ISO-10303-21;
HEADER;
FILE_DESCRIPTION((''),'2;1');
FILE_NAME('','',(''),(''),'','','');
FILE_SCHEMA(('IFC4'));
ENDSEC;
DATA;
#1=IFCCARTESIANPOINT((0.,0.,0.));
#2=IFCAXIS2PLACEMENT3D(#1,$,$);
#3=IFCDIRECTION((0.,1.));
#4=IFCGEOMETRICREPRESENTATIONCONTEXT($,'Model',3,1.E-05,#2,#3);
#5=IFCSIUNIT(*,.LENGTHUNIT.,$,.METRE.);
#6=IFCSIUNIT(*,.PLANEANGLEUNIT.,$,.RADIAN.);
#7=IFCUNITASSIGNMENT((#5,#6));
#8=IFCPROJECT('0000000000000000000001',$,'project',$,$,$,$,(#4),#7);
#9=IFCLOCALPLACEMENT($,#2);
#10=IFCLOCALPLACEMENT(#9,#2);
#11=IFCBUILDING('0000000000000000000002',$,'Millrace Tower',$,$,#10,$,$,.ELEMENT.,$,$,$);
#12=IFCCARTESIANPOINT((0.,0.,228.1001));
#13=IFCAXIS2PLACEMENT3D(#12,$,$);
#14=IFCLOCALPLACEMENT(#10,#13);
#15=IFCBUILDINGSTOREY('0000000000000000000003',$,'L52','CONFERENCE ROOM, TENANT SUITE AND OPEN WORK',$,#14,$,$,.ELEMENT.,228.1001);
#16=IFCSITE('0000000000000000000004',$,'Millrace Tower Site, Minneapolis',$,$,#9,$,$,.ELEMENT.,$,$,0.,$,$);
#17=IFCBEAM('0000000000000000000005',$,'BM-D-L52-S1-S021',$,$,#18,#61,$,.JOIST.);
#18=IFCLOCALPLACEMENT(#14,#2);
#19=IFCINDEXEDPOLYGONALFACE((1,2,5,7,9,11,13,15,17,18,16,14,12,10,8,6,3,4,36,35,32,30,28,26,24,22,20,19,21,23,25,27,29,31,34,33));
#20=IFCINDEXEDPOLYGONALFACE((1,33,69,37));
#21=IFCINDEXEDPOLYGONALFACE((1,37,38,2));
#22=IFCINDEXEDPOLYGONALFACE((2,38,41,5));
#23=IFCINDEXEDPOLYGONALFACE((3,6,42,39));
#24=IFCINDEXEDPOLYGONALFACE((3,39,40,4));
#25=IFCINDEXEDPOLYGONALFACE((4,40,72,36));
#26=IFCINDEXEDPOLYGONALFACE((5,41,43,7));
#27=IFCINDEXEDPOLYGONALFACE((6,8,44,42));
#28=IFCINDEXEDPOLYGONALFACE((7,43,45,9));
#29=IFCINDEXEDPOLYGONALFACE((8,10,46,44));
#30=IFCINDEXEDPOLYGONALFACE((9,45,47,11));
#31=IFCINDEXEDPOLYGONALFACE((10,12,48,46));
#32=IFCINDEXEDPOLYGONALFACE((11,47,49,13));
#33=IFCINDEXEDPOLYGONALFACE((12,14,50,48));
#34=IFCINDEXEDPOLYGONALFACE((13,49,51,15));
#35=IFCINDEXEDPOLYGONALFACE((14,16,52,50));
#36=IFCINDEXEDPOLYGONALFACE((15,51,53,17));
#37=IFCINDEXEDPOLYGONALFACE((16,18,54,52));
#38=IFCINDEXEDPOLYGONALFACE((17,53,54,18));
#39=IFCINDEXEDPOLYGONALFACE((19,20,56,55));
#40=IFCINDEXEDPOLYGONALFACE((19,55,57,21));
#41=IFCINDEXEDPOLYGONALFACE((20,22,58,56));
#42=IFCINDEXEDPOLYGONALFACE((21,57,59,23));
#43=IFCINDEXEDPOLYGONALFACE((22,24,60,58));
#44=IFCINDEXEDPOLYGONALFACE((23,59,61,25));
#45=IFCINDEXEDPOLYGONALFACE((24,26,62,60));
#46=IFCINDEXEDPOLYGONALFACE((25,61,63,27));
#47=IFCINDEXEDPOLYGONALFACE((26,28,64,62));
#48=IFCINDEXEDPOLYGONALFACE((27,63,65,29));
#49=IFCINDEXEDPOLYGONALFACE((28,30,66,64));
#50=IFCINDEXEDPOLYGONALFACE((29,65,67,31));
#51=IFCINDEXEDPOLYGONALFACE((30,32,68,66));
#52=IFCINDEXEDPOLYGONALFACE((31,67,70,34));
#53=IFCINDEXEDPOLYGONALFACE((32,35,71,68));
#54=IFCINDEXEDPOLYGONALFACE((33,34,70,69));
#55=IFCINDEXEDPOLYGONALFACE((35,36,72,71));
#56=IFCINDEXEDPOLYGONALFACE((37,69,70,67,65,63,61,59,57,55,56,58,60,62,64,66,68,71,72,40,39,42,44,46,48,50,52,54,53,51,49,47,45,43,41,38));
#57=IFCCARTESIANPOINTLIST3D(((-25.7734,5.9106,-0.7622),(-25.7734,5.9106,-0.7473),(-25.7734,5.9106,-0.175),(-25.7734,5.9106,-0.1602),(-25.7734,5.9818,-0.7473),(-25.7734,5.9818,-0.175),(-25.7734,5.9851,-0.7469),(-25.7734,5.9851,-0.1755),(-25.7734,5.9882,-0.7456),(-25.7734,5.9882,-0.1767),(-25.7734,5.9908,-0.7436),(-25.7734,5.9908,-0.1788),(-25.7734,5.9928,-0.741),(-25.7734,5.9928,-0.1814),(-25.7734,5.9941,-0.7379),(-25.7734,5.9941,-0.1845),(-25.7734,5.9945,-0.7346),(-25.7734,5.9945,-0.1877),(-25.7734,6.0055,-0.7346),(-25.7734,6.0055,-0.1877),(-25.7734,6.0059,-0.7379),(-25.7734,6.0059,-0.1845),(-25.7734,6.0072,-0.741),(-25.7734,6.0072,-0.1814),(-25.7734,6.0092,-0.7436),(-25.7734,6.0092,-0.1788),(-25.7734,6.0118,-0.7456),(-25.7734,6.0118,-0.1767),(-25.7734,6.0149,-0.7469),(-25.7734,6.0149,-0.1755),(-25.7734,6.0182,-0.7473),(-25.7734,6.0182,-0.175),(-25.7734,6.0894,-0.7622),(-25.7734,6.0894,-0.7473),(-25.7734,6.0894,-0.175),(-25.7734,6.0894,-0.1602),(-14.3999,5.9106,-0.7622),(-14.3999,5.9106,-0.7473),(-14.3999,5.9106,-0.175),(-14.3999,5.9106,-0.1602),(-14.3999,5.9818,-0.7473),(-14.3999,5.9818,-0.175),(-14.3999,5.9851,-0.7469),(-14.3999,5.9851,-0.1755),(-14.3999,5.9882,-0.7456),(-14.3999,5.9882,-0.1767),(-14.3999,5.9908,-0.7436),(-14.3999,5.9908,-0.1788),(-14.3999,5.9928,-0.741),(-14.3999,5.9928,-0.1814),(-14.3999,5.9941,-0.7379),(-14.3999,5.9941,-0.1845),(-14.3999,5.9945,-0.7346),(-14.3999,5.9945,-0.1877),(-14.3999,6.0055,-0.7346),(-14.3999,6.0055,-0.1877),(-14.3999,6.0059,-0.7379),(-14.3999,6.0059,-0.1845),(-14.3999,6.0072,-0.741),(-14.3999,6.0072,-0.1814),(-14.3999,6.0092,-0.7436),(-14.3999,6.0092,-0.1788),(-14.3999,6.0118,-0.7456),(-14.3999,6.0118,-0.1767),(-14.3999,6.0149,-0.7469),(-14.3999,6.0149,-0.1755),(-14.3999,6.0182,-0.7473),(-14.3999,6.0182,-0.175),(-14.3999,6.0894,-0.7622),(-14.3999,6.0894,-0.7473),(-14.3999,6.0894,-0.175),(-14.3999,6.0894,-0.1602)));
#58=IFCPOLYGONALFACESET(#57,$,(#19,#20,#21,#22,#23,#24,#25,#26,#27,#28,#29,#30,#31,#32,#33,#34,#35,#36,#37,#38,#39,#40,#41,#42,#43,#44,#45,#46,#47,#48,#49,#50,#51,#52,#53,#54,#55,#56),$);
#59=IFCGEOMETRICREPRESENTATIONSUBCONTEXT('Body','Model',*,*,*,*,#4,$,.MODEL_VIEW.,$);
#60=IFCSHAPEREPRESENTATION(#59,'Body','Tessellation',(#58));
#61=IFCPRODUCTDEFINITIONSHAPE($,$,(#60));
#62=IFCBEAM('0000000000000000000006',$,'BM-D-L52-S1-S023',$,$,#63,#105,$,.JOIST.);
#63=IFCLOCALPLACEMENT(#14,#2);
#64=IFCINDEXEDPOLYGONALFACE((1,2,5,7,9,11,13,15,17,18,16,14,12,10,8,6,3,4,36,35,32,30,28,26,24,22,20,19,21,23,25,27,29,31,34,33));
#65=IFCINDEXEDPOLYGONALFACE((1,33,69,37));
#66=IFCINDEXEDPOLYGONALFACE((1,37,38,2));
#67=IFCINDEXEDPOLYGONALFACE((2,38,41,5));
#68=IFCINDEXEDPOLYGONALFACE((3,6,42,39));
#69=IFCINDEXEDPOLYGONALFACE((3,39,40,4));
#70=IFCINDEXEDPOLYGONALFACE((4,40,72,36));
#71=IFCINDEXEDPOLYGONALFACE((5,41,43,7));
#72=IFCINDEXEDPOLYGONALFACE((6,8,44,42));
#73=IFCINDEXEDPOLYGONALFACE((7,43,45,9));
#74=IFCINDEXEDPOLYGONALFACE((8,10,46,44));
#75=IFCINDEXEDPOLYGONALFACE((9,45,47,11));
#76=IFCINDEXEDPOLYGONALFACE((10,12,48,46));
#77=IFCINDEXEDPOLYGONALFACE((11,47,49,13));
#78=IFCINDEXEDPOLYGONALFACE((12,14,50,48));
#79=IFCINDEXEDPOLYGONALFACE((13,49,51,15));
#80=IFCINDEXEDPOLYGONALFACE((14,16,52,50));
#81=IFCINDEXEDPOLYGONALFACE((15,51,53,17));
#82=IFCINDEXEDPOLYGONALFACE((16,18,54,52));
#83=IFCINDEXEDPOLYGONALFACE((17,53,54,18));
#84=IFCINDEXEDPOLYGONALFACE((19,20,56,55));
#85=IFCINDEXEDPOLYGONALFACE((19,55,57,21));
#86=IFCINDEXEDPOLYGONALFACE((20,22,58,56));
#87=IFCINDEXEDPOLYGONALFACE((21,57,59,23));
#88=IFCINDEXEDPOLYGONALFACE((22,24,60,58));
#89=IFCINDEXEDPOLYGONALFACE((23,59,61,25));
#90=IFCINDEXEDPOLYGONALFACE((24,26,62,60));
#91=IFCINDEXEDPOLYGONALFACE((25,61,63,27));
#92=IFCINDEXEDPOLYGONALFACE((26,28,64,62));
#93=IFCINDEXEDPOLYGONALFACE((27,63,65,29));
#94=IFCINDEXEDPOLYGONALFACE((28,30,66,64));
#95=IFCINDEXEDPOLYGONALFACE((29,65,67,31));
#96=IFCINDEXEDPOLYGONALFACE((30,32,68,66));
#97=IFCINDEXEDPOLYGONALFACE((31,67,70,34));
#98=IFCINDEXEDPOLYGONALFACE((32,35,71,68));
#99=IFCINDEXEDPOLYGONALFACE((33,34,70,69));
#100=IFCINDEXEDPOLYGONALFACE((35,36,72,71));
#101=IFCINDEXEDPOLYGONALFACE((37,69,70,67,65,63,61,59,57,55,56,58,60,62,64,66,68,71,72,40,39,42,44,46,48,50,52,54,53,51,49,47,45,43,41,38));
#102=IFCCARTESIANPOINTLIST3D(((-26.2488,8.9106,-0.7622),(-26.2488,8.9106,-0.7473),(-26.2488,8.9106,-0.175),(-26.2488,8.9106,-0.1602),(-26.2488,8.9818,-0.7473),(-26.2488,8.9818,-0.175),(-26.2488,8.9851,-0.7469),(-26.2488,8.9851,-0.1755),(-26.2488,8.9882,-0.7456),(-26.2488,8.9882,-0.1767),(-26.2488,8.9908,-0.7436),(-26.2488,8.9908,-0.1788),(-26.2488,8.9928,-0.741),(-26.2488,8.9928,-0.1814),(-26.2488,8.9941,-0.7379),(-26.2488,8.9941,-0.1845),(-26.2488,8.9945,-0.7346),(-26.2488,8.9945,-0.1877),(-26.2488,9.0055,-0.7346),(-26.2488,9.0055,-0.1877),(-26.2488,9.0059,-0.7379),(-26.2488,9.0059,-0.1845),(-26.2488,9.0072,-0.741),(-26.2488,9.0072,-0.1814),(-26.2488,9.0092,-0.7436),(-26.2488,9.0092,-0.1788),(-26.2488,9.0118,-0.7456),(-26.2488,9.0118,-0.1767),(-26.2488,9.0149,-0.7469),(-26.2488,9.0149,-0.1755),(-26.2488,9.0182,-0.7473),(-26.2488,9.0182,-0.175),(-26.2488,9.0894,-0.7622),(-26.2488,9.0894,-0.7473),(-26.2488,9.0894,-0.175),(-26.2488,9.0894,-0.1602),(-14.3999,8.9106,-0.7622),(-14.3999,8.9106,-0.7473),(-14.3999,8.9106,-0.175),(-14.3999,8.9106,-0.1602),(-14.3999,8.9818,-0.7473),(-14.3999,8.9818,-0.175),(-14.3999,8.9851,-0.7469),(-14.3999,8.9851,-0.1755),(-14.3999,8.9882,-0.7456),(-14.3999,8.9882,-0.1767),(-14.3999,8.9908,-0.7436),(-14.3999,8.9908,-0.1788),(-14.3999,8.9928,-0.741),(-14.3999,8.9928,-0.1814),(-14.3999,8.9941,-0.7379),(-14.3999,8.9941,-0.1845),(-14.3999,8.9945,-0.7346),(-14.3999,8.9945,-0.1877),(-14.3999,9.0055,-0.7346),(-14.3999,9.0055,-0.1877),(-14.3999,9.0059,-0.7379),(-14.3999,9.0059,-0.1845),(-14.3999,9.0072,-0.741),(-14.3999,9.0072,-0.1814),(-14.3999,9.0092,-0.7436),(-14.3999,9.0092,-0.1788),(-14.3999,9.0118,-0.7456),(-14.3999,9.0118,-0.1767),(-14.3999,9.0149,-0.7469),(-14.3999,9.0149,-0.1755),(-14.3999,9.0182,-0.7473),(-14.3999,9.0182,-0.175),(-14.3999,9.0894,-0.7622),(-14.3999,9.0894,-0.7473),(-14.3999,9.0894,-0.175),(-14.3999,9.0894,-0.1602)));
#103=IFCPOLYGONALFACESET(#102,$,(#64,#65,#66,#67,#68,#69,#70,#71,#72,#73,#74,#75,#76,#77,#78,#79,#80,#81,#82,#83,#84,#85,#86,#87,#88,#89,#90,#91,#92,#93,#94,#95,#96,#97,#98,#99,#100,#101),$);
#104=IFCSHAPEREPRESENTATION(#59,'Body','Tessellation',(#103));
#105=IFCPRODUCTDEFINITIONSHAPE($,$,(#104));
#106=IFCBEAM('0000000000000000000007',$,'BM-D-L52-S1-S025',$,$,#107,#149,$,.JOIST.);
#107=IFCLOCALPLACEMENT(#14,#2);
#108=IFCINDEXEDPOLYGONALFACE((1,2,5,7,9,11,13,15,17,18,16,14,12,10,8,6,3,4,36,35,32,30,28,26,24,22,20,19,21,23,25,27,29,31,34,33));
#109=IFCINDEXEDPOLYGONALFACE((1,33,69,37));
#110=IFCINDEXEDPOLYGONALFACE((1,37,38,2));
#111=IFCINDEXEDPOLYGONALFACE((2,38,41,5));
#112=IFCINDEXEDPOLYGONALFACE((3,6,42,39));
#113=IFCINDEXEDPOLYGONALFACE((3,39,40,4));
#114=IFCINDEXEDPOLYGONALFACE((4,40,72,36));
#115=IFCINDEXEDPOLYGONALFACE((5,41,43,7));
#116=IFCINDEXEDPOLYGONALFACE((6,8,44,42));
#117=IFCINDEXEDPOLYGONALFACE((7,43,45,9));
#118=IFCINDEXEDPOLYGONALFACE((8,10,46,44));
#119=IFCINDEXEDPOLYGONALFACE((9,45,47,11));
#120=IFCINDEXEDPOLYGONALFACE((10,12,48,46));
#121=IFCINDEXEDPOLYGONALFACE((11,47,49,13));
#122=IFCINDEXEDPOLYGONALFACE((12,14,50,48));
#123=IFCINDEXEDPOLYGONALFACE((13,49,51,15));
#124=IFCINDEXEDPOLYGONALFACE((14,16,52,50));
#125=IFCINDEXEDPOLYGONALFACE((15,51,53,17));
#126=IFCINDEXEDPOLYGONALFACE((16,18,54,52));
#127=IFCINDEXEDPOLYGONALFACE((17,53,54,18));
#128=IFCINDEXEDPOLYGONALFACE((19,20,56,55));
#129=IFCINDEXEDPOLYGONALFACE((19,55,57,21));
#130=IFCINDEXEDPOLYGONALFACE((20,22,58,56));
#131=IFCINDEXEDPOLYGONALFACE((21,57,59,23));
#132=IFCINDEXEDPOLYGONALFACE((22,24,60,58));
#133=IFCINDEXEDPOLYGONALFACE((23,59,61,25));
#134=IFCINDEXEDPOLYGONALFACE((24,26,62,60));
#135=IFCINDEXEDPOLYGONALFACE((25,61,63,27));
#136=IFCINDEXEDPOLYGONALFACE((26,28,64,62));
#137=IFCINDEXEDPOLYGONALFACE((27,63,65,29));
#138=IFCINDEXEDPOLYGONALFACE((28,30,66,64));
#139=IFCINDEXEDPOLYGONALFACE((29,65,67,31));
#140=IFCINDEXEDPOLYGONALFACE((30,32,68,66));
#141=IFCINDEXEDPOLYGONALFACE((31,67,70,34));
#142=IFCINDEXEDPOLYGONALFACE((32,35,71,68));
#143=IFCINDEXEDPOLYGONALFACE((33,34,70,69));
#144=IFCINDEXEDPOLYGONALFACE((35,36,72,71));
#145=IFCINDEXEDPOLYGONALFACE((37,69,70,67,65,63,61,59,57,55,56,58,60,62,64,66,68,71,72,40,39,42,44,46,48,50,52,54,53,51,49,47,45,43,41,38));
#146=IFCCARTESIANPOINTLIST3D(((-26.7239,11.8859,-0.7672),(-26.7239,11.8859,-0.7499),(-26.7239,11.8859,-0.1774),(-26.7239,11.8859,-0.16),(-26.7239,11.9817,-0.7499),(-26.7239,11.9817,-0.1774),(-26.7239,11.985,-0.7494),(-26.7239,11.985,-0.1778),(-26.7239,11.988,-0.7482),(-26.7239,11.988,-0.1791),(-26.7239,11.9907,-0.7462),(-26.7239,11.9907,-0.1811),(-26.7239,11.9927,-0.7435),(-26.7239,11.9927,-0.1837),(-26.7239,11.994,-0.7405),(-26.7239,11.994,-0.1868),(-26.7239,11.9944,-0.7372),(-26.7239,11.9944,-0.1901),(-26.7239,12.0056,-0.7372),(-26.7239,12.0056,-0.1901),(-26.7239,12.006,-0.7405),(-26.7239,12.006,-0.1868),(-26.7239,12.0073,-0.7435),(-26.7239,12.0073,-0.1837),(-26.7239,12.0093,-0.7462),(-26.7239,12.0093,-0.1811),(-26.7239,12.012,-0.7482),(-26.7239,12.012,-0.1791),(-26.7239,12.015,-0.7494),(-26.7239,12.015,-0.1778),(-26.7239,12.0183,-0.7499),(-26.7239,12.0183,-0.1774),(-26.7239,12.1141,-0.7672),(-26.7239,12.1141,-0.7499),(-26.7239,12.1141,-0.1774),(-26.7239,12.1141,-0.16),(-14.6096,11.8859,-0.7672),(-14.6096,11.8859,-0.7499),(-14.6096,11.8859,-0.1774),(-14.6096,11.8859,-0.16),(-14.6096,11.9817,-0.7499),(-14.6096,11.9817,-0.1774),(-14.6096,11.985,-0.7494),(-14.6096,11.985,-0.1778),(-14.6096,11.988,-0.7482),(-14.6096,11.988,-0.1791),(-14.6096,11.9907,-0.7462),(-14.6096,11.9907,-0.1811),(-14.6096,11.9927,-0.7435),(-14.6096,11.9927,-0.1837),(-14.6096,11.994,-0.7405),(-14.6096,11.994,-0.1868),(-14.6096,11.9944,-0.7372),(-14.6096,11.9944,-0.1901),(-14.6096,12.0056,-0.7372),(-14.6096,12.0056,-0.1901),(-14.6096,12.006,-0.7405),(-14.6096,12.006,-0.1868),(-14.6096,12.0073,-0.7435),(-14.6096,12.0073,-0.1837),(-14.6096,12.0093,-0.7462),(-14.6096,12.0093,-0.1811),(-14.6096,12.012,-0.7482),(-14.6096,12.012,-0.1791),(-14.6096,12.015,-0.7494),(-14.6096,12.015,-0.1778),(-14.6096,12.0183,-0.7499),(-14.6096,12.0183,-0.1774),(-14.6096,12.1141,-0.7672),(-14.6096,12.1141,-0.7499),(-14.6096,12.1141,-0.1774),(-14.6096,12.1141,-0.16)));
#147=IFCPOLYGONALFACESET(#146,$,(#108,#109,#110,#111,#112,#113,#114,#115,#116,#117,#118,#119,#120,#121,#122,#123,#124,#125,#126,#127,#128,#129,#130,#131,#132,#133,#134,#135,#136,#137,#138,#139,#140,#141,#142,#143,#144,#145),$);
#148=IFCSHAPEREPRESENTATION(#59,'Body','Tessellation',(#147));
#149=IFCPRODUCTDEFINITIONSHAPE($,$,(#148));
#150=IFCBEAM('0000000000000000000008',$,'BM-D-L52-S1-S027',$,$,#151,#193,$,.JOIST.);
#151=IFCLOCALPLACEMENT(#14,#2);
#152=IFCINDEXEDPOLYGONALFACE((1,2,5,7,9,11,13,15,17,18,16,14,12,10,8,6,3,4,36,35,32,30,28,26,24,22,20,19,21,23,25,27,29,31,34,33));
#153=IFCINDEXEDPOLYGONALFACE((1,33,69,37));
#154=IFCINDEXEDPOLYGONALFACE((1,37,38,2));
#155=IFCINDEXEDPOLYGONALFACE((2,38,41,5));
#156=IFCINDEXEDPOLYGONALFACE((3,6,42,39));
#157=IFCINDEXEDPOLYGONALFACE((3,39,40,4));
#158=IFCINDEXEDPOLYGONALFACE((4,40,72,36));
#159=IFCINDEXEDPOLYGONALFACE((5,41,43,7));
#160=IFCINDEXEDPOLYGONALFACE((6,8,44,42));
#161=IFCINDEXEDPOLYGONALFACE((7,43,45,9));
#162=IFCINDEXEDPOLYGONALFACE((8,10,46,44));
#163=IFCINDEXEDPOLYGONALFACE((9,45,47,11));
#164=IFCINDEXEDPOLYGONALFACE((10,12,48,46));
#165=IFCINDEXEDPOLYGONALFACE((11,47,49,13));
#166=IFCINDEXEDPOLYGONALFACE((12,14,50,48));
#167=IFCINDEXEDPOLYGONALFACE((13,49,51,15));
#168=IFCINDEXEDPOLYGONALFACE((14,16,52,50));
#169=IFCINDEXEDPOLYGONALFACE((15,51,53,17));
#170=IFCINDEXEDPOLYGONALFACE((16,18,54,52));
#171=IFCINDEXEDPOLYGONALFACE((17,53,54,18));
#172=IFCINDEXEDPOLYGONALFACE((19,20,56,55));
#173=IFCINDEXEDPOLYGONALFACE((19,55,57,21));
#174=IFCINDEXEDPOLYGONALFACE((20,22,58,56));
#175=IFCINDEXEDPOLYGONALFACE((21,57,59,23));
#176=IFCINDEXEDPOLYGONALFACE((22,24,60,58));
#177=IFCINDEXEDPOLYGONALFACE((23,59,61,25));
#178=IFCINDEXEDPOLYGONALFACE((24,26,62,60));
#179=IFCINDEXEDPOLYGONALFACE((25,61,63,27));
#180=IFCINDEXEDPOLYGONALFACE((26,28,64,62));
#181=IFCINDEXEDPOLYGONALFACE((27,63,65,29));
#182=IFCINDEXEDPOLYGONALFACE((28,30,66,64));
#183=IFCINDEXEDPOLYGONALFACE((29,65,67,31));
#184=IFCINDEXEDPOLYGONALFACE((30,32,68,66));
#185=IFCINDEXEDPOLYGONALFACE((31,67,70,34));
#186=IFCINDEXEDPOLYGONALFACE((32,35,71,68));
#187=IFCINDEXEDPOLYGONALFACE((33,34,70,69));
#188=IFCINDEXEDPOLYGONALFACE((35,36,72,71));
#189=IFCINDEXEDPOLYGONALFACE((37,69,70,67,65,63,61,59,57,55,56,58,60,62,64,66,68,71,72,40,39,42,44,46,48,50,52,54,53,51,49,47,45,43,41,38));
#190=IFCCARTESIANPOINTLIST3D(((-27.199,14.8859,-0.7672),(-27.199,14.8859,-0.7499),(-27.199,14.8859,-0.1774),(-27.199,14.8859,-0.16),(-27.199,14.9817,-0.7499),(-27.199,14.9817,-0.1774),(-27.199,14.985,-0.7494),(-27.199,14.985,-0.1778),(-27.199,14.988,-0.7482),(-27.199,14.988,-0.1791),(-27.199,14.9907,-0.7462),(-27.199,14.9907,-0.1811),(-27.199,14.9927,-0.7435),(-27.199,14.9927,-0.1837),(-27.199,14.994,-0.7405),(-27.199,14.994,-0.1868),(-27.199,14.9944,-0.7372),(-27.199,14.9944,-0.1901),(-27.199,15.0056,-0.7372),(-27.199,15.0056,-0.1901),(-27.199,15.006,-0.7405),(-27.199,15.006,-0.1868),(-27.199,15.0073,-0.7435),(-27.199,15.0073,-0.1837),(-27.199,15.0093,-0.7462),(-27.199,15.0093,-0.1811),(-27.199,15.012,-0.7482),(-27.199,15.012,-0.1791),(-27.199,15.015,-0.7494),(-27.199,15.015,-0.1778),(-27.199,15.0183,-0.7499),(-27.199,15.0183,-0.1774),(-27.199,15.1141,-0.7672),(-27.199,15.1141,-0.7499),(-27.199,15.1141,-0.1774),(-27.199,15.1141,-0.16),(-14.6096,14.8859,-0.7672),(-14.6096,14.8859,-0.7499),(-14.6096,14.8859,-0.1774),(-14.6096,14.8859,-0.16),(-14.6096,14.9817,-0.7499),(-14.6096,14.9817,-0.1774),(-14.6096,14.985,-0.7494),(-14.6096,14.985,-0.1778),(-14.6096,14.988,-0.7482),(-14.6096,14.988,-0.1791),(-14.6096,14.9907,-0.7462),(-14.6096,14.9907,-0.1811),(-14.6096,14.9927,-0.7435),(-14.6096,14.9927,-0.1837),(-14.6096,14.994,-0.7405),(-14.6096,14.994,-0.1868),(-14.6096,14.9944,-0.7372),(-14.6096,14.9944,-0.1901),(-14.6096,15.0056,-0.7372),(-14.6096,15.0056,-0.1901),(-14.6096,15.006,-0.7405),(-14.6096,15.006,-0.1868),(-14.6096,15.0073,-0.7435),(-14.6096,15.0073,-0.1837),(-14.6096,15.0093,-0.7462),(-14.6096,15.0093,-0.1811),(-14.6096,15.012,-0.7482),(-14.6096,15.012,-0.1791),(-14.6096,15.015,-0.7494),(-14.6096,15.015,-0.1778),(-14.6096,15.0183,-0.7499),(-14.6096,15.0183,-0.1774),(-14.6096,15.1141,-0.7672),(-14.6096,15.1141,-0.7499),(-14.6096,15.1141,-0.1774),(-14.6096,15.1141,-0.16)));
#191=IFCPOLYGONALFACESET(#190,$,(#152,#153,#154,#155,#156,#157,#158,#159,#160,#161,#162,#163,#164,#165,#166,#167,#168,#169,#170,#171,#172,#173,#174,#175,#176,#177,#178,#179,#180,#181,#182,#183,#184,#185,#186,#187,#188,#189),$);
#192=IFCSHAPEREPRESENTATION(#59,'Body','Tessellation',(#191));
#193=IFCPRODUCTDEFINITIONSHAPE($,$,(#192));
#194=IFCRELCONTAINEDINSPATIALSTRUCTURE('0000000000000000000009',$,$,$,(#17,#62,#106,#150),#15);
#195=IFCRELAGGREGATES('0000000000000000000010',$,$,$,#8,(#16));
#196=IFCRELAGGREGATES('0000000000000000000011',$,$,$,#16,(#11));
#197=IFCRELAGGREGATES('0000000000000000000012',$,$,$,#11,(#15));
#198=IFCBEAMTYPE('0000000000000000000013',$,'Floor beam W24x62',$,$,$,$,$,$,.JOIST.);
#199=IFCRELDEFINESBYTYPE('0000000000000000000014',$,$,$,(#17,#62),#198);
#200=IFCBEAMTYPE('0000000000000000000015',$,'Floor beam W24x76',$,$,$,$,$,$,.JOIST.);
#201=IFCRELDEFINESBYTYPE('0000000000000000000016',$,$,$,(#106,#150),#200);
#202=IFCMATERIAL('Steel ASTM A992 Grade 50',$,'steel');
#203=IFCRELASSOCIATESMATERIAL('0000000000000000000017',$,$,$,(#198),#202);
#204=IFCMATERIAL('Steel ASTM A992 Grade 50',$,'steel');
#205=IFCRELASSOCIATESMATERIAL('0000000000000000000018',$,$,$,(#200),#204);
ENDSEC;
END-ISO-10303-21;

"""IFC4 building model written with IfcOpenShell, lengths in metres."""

from ifc_helpers import new_model, si_unit, direction, frame, origin, origin_2d, place, context, subcontext, project, spatial, i_section, extrude, material, material_profile, profile_set, type_object, element, save


model = new_model("IFC4")

# Units and contexts
model_context = context("Model", 3, precision=1e-05, world=origin(), true_north=direction((0.0, 1.0)))
body_context = subcontext(model_context, "Body", "Model", "MODEL_VIEW")
ifc_project = project(units=[si_unit("LENGTHUNIT", "METRE"), si_unit("PLANEANGLEUNIT", "RADIAN")], contexts=[model_context])

# Site, building, storey
site_placement = place(None, origin())
site = spatial("IfcSite", under=ifc_project, at=site_placement, Name="Millrace Tower Site, Minneapolis", CompositionType="ELEMENT", RefElevation=0.0)
building_placement = place(site_placement, origin())
building = spatial("IfcBuilding", under=site, at=building_placement, Name="Millrace Tower", CompositionType="ELEMENT")
storey_placement = place(building_placement, frame((0.0, 0.0, 228.1001)))
storey = spatial("IfcBuildingStorey", under=building, at=storey_placement, Name="L52", Description="CONFERENCE ROOM, TENANT SUITE AND OPEN WORK", CompositionType="ELEMENT", Elevation=228.1001)

# Beams
ifc_material_1 = material(Name="Steel ASTM A992 Grade 50", Category="steel")
ifc_material_profile_1 = material_profile(ifc_material_1, i_section(OverallWidth=0.1787, OverallDepth=0.6021, WebThickness=0.011, FlangeThickness=0.0149, FilletRadius=0.0127, at=origin_2d()))
ifc_profile_set_1 = profile_set([ifc_material_profile_1], Name="Steel ASTM A992 Grade 50")
beam_type_1 = type_object("IfcBeamType", Name="Floor beam W24x62", PredefinedType="JOIST", material=ifc_profile_set_1)
beam_1_placement = place(storey_placement, frame((-25.7734, 6.0, -0.4612), z_axis=(1.0, 0.0, 0.0), x_axis=(0.0, 1.0, 0.0)))
element("IfcBeam", 1, at=beam_1_placement, inside=storey, type_object=beam_type_1, Name="BM-D-L52-S1-S021", PredefinedType="JOIST", context=body_context, shape_type="SweptSolid", body=[
    extrude(i_section(OverallWidth=0.1787, OverallDepth=0.6021, WebThickness=0.011, FlangeThickness=0.0149, FilletRadius=0.0127, at=origin_2d()), origin(), (0.0, 0.0, 1.0), 11.3735),
])
beam_2_placement = place(storey_placement, frame((-26.2488, 9.0, -0.4612), z_axis=(1.0, 0.0, 0.0), x_axis=(0.0, 1.0, 0.0)))
element("IfcBeam", 2, at=beam_2_placement, inside=storey, type_object=beam_type_1, Name="BM-D-L52-S1-S023", PredefinedType="JOIST", context=body_context, shape_type="SweptSolid", body=[
    extrude(i_section(OverallWidth=0.1787, OverallDepth=0.6021, WebThickness=0.011, FlangeThickness=0.0149, FilletRadius=0.0127, at=origin_2d()), origin(), (0.0, 0.0, 1.0), 11.8489),
])
ifc_material_2 = material(Name="Steel ASTM A992 Grade 50", Category="steel")
ifc_material_profile_2 = material_profile(ifc_material_2, i_section(OverallWidth=0.2283, OverallDepth=0.6072, WebThickness=0.0112, FlangeThickness=0.0173, FilletRadius=0.0127, at=origin_2d()))
ifc_profile_set_2 = profile_set([ifc_material_profile_2], Name="Steel ASTM A992 Grade 50")
beam_type_2 = type_object("IfcBeamType", Name="Floor beam W24x76", PredefinedType="JOIST", material=ifc_profile_set_2)
beam_3_placement = place(storey_placement, frame((-26.7239, 12.0, -0.4636), z_axis=(1.0, 0.0, 0.0), x_axis=(0.0, 1.0, 0.0)))
element("IfcBeam", 3, at=beam_3_placement, inside=storey, type_object=beam_type_2, Name="BM-D-L52-S1-S025", PredefinedType="JOIST", context=body_context, shape_type="SweptSolid", body=[
    extrude(i_section(OverallWidth=0.2283, OverallDepth=0.6072, WebThickness=0.0112, FlangeThickness=0.0173, FilletRadius=0.0127, at=origin_2d()), origin(), (0.0, 0.0, 1.0), 12.1143),
])
beam_4_placement = place(storey_placement, frame((-27.199, 15.0, -0.4636), z_axis=(1.0, 0.0, 0.0), x_axis=(0.0, 1.0, 0.0)))
element("IfcBeam", 4, at=beam_4_placement, inside=storey, type_object=beam_type_2, Name="BM-D-L52-S1-S027", PredefinedType="JOIST", context=body_context, shape_type="SweptSolid", body=[
    extrude(i_section(OverallWidth=0.2283, OverallDepth=0.6072, WebThickness=0.0112, FlangeThickness=0.0173, FilletRadius=0.0127, at=origin_2d()), origin(), (0.0, 0.0, 1.0), 12.5894),
])

save(model, "model.ifc")
